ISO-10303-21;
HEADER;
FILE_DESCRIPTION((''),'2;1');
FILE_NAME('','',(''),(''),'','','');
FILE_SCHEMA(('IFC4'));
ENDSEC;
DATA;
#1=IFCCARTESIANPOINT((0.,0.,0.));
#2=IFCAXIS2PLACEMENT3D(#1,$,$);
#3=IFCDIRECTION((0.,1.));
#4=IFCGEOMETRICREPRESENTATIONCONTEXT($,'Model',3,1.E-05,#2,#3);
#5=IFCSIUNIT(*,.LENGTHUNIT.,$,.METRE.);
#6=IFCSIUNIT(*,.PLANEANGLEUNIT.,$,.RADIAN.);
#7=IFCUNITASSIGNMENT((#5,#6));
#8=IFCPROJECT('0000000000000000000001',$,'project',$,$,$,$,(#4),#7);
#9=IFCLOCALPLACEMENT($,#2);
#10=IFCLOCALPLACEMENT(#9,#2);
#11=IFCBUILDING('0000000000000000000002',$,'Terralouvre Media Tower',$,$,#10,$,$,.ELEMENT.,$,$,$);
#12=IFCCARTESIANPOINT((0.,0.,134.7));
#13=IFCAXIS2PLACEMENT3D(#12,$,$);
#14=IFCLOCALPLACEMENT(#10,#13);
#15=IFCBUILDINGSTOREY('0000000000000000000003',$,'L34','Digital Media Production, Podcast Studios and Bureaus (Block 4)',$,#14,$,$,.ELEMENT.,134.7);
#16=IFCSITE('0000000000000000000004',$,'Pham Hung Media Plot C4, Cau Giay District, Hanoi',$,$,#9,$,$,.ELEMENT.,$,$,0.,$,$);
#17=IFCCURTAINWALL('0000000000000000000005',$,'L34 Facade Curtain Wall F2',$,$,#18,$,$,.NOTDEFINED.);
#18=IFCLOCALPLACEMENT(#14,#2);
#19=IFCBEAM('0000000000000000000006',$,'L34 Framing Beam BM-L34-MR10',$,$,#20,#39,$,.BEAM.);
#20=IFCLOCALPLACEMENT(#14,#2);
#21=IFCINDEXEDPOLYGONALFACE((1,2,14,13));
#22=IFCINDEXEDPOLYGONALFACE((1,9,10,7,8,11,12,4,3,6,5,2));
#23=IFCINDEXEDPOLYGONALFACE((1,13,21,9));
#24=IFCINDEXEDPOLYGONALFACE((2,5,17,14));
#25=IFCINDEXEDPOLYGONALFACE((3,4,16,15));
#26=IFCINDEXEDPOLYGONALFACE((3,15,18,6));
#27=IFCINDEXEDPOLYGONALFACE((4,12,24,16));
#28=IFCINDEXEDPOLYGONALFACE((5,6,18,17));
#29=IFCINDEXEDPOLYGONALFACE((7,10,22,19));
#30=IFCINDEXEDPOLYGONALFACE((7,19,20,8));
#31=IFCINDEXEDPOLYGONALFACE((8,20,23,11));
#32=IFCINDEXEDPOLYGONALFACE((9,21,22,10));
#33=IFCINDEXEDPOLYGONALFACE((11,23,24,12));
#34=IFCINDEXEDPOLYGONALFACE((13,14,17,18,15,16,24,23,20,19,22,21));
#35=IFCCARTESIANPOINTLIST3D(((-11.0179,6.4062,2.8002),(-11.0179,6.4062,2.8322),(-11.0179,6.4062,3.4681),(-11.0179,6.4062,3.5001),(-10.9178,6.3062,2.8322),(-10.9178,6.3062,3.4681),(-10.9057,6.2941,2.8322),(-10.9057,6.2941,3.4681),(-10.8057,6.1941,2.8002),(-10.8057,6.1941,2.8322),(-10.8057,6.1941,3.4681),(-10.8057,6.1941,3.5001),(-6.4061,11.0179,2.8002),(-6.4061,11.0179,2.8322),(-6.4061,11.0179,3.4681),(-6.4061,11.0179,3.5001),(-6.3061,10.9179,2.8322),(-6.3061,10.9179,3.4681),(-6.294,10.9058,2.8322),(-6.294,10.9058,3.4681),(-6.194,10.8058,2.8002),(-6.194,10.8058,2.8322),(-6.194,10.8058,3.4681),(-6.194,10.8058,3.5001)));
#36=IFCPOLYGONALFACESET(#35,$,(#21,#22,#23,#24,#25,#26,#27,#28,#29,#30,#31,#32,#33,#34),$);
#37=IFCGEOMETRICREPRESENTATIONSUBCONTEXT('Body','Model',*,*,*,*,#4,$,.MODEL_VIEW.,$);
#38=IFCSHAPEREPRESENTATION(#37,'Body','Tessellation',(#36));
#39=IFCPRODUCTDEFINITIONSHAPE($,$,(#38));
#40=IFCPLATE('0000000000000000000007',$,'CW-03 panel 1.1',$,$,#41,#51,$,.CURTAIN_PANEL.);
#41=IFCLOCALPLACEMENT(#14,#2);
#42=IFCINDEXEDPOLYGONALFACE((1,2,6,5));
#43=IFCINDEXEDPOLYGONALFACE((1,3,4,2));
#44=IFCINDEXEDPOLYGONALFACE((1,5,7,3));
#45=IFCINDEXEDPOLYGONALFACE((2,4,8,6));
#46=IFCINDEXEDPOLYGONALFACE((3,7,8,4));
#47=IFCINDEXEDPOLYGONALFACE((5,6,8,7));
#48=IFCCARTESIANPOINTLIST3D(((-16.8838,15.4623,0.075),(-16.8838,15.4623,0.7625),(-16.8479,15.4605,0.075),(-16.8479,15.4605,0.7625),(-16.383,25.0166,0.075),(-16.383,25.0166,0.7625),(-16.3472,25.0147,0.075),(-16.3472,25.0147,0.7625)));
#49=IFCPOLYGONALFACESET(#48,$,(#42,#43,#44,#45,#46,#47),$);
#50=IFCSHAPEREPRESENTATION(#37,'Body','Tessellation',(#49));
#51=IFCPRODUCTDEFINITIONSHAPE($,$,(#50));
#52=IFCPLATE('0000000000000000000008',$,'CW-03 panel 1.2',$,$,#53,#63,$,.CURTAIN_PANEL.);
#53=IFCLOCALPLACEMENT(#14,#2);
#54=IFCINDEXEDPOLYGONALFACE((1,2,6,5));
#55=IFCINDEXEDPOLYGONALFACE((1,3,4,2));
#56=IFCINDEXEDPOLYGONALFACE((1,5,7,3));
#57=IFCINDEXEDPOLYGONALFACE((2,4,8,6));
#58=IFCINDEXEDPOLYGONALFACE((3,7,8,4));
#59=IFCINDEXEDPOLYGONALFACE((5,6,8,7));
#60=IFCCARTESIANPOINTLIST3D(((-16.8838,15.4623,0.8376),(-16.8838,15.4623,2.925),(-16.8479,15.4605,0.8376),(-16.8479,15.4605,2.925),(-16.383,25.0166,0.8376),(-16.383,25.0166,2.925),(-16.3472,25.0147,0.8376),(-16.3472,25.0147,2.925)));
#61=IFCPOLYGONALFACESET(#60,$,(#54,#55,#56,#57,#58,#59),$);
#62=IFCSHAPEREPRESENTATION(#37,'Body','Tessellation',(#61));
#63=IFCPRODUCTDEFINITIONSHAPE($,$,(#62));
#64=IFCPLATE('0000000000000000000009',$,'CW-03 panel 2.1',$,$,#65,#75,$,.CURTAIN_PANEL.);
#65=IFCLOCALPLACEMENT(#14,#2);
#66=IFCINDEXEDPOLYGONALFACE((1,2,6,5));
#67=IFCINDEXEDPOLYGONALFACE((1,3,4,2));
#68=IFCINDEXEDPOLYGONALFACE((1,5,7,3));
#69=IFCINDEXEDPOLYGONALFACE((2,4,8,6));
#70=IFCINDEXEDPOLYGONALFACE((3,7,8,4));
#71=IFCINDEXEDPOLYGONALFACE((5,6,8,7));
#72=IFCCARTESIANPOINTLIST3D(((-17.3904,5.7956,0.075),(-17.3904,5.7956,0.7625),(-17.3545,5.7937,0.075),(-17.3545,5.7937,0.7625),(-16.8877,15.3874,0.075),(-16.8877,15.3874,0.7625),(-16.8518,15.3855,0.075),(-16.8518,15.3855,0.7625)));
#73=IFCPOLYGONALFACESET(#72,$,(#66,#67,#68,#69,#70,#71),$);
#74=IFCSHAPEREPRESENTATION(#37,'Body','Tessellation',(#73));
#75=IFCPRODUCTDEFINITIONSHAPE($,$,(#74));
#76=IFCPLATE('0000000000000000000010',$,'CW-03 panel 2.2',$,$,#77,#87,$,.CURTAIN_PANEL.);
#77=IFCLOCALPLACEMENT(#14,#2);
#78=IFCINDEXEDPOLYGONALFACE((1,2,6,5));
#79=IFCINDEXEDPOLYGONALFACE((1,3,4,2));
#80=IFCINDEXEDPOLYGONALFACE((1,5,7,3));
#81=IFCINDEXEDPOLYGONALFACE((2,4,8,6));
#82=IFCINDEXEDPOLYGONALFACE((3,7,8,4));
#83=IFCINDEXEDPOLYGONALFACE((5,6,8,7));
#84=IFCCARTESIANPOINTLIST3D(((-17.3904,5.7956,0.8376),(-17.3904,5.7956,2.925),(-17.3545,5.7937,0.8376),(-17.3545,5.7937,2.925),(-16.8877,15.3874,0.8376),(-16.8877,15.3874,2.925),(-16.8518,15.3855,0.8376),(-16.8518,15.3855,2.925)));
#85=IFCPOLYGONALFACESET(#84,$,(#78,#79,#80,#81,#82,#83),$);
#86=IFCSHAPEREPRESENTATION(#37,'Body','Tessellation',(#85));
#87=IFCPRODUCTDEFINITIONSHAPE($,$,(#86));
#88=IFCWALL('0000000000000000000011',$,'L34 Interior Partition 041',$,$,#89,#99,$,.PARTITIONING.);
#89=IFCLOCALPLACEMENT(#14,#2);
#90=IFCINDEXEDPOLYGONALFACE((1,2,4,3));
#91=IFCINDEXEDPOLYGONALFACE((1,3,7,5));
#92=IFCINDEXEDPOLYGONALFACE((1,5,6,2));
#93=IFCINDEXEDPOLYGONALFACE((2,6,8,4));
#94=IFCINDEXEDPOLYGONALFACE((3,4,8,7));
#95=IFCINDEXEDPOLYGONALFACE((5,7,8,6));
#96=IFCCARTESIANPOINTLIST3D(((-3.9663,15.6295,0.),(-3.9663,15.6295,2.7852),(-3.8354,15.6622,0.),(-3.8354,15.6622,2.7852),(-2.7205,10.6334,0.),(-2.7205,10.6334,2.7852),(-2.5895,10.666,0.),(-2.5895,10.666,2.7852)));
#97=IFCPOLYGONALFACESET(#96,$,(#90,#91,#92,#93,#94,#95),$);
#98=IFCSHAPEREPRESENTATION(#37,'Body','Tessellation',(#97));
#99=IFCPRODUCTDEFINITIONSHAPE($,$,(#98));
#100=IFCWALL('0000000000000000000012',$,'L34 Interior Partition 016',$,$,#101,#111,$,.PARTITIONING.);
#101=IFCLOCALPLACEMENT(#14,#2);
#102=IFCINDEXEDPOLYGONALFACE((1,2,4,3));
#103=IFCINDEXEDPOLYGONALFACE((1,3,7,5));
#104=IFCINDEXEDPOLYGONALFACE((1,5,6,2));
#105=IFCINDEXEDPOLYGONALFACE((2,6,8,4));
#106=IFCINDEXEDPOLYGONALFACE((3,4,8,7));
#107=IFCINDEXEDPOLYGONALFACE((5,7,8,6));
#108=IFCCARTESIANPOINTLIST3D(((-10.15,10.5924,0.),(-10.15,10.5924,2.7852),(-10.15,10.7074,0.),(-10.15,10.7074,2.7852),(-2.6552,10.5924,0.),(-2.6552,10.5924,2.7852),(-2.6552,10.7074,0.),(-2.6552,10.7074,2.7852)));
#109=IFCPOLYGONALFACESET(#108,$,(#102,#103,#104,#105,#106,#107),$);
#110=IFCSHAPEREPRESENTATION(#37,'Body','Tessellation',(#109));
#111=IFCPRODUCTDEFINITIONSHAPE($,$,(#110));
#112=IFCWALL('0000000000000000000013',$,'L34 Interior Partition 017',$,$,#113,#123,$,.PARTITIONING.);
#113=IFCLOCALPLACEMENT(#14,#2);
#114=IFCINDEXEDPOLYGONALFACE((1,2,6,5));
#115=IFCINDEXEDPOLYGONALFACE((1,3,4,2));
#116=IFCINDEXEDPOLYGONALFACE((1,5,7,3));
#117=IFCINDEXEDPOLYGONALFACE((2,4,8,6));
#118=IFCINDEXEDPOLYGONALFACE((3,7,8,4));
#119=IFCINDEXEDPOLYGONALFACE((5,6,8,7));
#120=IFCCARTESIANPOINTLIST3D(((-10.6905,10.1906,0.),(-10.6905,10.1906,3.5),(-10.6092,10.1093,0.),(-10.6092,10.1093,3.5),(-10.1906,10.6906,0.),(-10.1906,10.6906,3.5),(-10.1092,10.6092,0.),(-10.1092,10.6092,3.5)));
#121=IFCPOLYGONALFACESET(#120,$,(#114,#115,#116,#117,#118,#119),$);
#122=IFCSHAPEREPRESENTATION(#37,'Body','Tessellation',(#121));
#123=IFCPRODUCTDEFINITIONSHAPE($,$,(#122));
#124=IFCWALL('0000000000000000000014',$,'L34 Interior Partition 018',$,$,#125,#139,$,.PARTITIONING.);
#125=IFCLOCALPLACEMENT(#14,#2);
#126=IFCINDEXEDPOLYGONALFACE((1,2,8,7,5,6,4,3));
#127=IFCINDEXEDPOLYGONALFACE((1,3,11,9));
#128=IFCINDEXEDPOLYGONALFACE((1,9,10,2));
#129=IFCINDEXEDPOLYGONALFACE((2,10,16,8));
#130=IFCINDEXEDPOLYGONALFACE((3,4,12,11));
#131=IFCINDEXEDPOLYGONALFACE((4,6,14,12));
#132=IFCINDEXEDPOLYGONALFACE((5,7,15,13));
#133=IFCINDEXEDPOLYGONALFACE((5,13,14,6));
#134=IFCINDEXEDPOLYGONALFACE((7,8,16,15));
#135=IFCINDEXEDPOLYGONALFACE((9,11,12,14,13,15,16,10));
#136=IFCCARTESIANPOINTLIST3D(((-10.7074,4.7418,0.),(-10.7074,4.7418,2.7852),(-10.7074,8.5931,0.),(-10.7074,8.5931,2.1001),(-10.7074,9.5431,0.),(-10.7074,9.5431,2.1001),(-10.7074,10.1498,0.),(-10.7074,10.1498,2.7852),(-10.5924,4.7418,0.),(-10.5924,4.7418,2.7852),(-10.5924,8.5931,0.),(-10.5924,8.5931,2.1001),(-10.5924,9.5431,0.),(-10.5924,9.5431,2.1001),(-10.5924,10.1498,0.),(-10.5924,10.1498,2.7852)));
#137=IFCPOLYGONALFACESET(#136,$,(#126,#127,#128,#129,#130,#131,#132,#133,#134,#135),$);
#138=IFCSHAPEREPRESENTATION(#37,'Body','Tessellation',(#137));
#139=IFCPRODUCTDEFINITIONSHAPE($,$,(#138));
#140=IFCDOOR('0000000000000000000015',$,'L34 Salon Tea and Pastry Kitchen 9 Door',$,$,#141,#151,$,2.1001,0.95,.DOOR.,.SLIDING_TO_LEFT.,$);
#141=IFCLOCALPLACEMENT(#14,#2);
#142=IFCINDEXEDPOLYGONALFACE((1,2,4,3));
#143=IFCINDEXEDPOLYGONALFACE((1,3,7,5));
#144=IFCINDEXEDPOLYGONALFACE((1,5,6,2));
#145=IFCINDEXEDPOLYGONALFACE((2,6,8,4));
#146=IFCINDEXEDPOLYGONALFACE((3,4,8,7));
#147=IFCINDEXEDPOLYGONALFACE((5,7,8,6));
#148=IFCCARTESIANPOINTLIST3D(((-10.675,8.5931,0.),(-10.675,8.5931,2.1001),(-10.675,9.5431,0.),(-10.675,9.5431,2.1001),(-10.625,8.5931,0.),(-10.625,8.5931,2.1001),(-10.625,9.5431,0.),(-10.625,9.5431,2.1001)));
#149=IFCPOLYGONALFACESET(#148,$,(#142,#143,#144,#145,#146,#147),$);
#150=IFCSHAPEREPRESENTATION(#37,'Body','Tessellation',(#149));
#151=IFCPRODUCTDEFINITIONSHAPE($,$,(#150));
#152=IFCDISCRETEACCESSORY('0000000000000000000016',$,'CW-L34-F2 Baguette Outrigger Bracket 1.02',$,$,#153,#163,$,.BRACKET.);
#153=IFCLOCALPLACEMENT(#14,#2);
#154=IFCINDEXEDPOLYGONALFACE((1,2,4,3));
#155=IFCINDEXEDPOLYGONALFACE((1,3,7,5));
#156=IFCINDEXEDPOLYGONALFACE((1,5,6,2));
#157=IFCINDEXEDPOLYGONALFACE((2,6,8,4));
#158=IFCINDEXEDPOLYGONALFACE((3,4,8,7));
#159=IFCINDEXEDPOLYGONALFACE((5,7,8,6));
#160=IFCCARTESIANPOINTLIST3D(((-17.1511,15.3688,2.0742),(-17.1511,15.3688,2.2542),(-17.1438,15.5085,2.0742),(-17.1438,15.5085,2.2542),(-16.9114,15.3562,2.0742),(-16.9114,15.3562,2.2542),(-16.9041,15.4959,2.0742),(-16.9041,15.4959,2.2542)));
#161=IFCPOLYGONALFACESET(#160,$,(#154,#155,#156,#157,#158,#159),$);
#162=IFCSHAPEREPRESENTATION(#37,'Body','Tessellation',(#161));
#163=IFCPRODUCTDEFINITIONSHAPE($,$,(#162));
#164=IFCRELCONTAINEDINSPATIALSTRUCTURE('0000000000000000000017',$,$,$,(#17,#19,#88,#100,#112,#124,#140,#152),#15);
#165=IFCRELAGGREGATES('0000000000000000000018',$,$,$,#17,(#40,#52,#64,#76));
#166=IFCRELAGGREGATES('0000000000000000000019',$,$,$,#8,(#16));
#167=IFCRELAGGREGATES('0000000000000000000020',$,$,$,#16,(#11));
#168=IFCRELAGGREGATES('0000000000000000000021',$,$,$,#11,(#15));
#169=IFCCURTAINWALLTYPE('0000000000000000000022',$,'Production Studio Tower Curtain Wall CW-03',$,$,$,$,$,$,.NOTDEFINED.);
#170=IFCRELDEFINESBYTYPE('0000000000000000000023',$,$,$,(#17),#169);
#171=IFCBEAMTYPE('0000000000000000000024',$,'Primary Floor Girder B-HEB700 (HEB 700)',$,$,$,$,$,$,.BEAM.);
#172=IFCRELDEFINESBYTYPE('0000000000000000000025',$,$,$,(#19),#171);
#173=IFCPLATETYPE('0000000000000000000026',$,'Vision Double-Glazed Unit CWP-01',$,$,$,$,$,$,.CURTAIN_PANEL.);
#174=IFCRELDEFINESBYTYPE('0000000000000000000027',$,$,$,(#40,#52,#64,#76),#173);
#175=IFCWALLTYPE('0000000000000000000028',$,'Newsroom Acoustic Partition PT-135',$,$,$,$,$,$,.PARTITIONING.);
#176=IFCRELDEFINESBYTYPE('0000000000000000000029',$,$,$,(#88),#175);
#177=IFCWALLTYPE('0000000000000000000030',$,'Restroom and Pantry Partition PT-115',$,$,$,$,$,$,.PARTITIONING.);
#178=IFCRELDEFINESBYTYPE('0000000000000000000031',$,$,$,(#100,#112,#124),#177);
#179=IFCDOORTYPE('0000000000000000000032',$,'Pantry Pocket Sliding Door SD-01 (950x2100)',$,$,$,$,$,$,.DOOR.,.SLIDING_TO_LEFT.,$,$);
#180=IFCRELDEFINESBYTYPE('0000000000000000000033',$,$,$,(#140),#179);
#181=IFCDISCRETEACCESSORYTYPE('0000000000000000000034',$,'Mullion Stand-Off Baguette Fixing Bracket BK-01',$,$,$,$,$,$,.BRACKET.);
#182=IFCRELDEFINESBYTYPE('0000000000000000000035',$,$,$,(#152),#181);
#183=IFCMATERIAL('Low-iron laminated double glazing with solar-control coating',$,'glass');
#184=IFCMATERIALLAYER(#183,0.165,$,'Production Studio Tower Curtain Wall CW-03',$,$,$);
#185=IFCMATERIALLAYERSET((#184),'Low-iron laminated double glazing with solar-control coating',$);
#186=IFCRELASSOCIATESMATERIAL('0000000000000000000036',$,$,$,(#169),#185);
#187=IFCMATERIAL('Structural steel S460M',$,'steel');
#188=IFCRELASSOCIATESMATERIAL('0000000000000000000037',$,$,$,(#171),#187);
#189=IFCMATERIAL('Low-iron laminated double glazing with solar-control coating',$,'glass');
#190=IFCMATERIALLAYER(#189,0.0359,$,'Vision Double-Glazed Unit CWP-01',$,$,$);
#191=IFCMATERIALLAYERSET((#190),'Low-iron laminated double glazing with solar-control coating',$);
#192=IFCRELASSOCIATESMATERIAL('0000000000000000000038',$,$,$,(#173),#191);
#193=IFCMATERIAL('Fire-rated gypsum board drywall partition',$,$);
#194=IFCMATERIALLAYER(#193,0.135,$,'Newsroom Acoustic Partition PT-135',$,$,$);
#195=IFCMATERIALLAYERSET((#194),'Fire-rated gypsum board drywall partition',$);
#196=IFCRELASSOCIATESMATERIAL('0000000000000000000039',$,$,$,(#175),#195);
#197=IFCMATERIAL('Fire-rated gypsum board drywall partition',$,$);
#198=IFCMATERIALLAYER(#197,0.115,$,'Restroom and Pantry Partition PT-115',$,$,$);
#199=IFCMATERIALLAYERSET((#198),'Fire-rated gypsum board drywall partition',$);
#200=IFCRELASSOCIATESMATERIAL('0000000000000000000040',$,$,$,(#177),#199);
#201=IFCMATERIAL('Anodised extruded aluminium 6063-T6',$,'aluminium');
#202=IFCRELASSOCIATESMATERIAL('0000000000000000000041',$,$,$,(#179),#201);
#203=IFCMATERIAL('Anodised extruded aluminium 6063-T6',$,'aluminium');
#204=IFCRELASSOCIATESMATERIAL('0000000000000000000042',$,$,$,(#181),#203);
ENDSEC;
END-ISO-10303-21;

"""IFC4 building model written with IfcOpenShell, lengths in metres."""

from ifc_helpers import new_model, si_unit, direction, frame, frame_2d, origin, origin_2d, place, context, subcontext, project, spatial, rectangle, i_section, extrude, material, layer, layer_set, material_profile, profile_set, type_object, element, fill, aggregate, save


model = new_model("IFC4")

# Units and contexts
model_context = context("Model", 3, precision=1e-05, world=origin(), true_north=direction((0.0, 1.0)))
body_context = subcontext(model_context, "Body", "Model", "MODEL_VIEW")
ifc_project = project(units=[si_unit("LENGTHUNIT", "METRE"), si_unit("PLANEANGLEUNIT", "RADIAN")], contexts=[model_context])

# Site, building, storey
site_placement = place(None, origin())
site = spatial("IfcSite", under=ifc_project, at=site_placement, Name="Pham Hung Media Plot C4, Cau Giay District, Hanoi", CompositionType="ELEMENT", RefElevation=0.0)
building_placement = place(site_placement, origin())
building = spatial("IfcBuilding", under=site, at=building_placement, Name="Terralouvre Media Tower", CompositionType="ELEMENT")
storey_placement = place(building_placement, frame((0.0, 0.0, 134.7)))
storey = spatial("IfcBuildingStorey", under=building, at=storey_placement, Name="L34", Description="Digital Media Production, Podcast Studios and Bureaus (Block 4)", CompositionType="ELEMENT", Elevation=134.7)

# Curtain wall
ifc_material_1 = material(Name="Low-iron laminated double glazing with solar-control coating", Category="glass")
ifc_layer_1 = layer(ifc_material_1, 0.165, Name="Production Studio Tower Curtain Wall CW-03")
ifc_layer_set_1 = layer_set([ifc_layer_1], Name="Low-iron laminated double glazing with solar-control coating")
curtain_wall_type = type_object("IfcCurtainWallType", Name="Production Studio Tower Curtain Wall CW-03", PredefinedType="NOTDEFINED", material=ifc_layer_set_1)
curtain_wall_placement = place(storey_placement, origin())
curtain_wall = element("IfcCurtainWall", 1, at=curtain_wall_placement, inside=storey, type_object=curtain_wall_type, Name="L34 Facade Curtain Wall F2", PredefinedType="NOTDEFINED")

# Beam
ifc_material_2 = material(Name="Structural steel S460M", Category="steel")
ifc_material_profile_1 = material_profile(ifc_material_2, i_section(OverallWidth=0.3, OverallDepth=0.7, WebThickness=0.0171, FlangeThickness=0.032, at=origin_2d()), Name="HEB 700")
ifc_profile_set_1 = profile_set([ifc_material_profile_1], Name="Structural steel S460M")
beam_type_1 = type_object("IfcBeamType", Name="Primary Floor Girder B-HEB700 (HEB 700)", PredefinedType="BEAM", material=ifc_profile_set_1)
beam_1_placement = place(storey_placement, frame((-6.3, 10.9119, 3.1501), z_axis=(-0.707107, -0.707107, 0.0), x_axis=(0.707107, -0.707107, 0.0)))
element("IfcBeam", 2, at=beam_1_placement, inside=storey, type_object=beam_type_1, Name="L34 Framing Beam BM-L34-MR10", PredefinedType="BEAM", context=body_context, shape_type="SweptSolid", body=[
    extrude(i_section(OverallWidth=0.3, OverallDepth=0.7, WebThickness=0.0171, FlangeThickness=0.032, at=origin_2d()), origin(), (0.0, 0.0, 1.0), 6.522),
])

# Plates
ifc_material_3 = material(Name="Low-iron laminated double glazing with solar-control coating", Category="glass")
ifc_layer_2 = layer(ifc_material_3, 0.0359, Name="Vision Double-Glazed Unit CWP-01")
ifc_layer_set_2 = layer_set([ifc_layer_2], Name="Low-iron laminated double glazing with solar-control coating")
plate_type = type_object("IfcPlateType", Name="Vision Double-Glazed Unit CWP-01", PredefinedType="CURTAIN_PANEL", material=ifc_layer_set_2)
plate_1_placement = place(storey_placement, frame((-16.6155, 20.2385, 0.075), z_axis=(0.0, 0.0, 1.0), x_axis=(-0.052336, -0.99863, 0.0)))
plate_1 = element("IfcPlate", 3, at=plate_1_placement, type_object=plate_type, Name="CW-03 panel 1.1", PredefinedType="CURTAIN_PANEL", context=body_context, shape_type="SweptSolid", body=[
    extrude(rectangle(XDim=9.5674, YDim=0.0359, at=origin_2d()), origin(), (0.0, 0.0, 1.0), 0.6875),
])
plate_2_placement = place(storey_placement, frame((-16.6155, 20.2385, 0.8376), z_axis=(0.0, 0.0, 1.0), x_axis=(-0.052336, -0.99863, 0.0)))
plate_2 = element("IfcPlate", 4, at=plate_2_placement, type_object=plate_type, Name="CW-03 panel 1.2", PredefinedType="CURTAIN_PANEL", context=body_context, shape_type="SweptSolid", body=[
    extrude(rectangle(XDim=9.5674, YDim=0.0359, at=origin_2d()), origin(), (0.0, 0.0, 1.0), 2.0874),
])
plate_3_placement = place(storey_placement, frame((-17.1211, 10.5906, 0.075), z_axis=(0.0, 0.0, 1.0), x_axis=(-0.052336, -0.99863, 0.0)))
plate_3 = element("IfcPlate", 5, at=plate_3_placement, type_object=plate_type, Name="CW-03 panel 2.1", PredefinedType="CURTAIN_PANEL", context=body_context, shape_type="SweptSolid", body=[
    extrude(rectangle(XDim=9.605, YDim=0.0359, at=origin_2d()), origin(), (0.0, 0.0, 1.0), 0.6875),
])
plate_4_placement = place(storey_placement, frame((-17.1211, 10.5906, 0.8376), z_axis=(0.0, 0.0, 1.0), x_axis=(-0.052336, -0.99863, 0.0)))
plate_4 = element("IfcPlate", 6, at=plate_4_placement, type_object=plate_type, Name="CW-03 panel 2.2", PredefinedType="CURTAIN_PANEL", context=body_context, shape_type="SweptSolid", body=[
    extrude(rectangle(XDim=9.605, YDim=0.0359, at=origin_2d()), origin(), (0.0, 0.0, 1.0), 2.0874),
])
aggregate(curtain_wall, [plate_1, plate_2, plate_3, plate_4])

# Walls
ifc_material_4 = material(Name="Fire-rated gypsum board drywall partition")
ifc_layer_3 = layer(ifc_material_4, 0.135, Name="Newsroom Acoustic Partition PT-135")
ifc_layer_set_3 = layer_set([ifc_layer_3], Name="Fire-rated gypsum board drywall partition")
wall_type_1 = type_object("IfcWallType", Name="Newsroom Acoustic Partition PT-135", PredefinedType="PARTITIONING", material=ifc_layer_set_3)
wall_1_placement = place(storey_placement, frame((-3.9009, 15.646, 0.0), z_axis=(0.0, 0.0, 1.0), x_axis=(0.241955, -0.970287, 0.0)))
element("IfcWall", 7, at=wall_1_placement, inside=storey, type_object=wall_type_1, Name="L34 Interior Partition 041", PredefinedType="PARTITIONING", context=body_context, shape_type="SweptSolid", body=[
    extrude(rectangle(XDim=5.1492, YDim=0.135, at=frame_2d((2.5747, 0.0))), origin(), (0.0, 0.0, 1.0), 2.7852),
])
ifc_material_5 = material(Name="Fire-rated gypsum board drywall partition")
ifc_layer_4 = layer(ifc_material_5, 0.115, Name="Restroom and Pantry Partition PT-115")
ifc_layer_set_4 = layer_set([ifc_layer_4], Name="Fire-rated gypsum board drywall partition")
wall_type_2 = type_object("IfcWallType", Name="Restroom and Pantry Partition PT-115", PredefinedType="PARTITIONING", material=ifc_layer_set_4)
wall_2_placement = place(storey_placement, frame((-2.655, 10.6499, 0.0), z_axis=(0.0, 0.0, 1.0), x_axis=(-1.0, 0.0, 0.0)))
element("IfcWall", 8, at=wall_2_placement, inside=storey, type_object=wall_type_2, Name="L34 Interior Partition 016", PredefinedType="PARTITIONING", context=body_context, shape_type="SweptSolid", body=[
    extrude(rectangle(XDim=7.4949, YDim=0.115, at=frame_2d((3.7476, 0.0))), origin(), (0.0, 0.0, 1.0), 2.7852),
])
wall_3_placement = place(storey_placement, frame((-10.1499, 10.6499, 0.0), z_axis=(0.0, 0.0, 1.0), x_axis=(-0.707107, -0.707107, 0.0)))
element("IfcWall", 9, at=wall_3_placement, inside=storey, type_object=wall_type_2, Name="L34 Interior Partition 017", PredefinedType="PARTITIONING", context=body_context, shape_type="SweptSolid", body=[
    extrude(rectangle(XDim=0.707, YDim=0.115, at=frame_2d((0.3535, 0.0))), origin(), (0.0, 0.0, 1.0), 3.5),
])

# Wall, opening, door
wall_4_placement = place(storey_placement, frame((-10.6499, 10.1499, 0.0), z_axis=(0.0, 0.0, 1.0), x_axis=(0.0, -1.0, 0.0)))
wall_4 = element("IfcWall", 10, at=wall_4_placement, inside=storey, type_object=wall_type_2, Name="L34 Interior Partition 018", PredefinedType="PARTITIONING", context=body_context, shape_type="SweptSolid", body=[
    extrude(rectangle(XDim=5.408, YDim=0.115, at=frame_2d((2.7041, 0.0))), origin(), (0.0, 0.0, 1.0), 2.7852),
])
opening_placement = place(wall_4_placement, frame((0.6067, 0.0, 0.0)))
opening = element("IfcOpeningElement", 11, at=opening_placement, cuts=wall_4, PredefinedType="OPENING", context=body_context, shape_type="SweptSolid", body=[
    extrude(rectangle(XDim=0.95, YDim=2.1001, at=frame_2d((0.4751, 1.05))), frame((0.0, 0.0674, 0.0), z_axis=(0.0, -1.0, 0.0), x_axis=(1.0, 0.0, 0.0)), (0.0, 0.0, 1.0), 0.135),
])
ifc_material_6 = material(Name="Anodised extruded aluminium 6063-T6", Category="aluminium")
door_type = type_object("IfcDoorType", Name="Pantry Pocket Sliding Door SD-01 (950x2100)", OperationType="SLIDING_TO_LEFT", PredefinedType="DOOR", material=ifc_material_6)
door_placement = place(opening_placement, origin())
door = element("IfcDoor", 12, at=door_placement, inside=storey, type_object=door_type, Name="L34 Salon Tea and Pastry Kitchen 9 Door", OperationType="SLIDING_TO_LEFT", OverallHeight=2.1001, OverallWidth=0.95, PredefinedType="DOOR", context=body_context, shape_type="SweptSolid", body=[
    extrude(rectangle(XDim=0.95, YDim=2.1001, at=frame_2d((0.4751, 1.05))), frame((0.0, 0.0249, 0.0), z_axis=(0.0, -1.0, 0.0), x_axis=(1.0, 0.0, 0.0)), (0.0, 0.0, 1.0), 0.05),
])
fill(opening, door)

# Discrete accessory
ifc_material_7 = material(Name="Anodised extruded aluminium 6063-T6", Category="aluminium")
discrete_accessory_type = type_object("IfcDiscreteAccessoryType", Name="Mullion Stand-Off Baguette Fixing Bracket BK-01", PredefinedType="BRACKET", material=ifc_material_7)
discrete_accessory_placement = place(storey_placement, frame((-17.0276, 15.4324, 2.0742), z_axis=(0.0, 0.0, 1.0), x_axis=(-0.052336, -0.99863, 0.0)))
element("IfcDiscreteAccessory", 13, at=discrete_accessory_placement, inside=storey, type_object=discrete_accessory_type, Name="CW-L34-F2 Baguette Outrigger Bracket 1.02", PredefinedType="BRACKET", context=body_context, shape_type="SweptSolid", body=[
    extrude(rectangle(XDim=0.1399, YDim=0.24, at=origin_2d()), origin(), (0.0, 0.0, 1.0), 0.1799),
])

save(model, "model.ifc")
